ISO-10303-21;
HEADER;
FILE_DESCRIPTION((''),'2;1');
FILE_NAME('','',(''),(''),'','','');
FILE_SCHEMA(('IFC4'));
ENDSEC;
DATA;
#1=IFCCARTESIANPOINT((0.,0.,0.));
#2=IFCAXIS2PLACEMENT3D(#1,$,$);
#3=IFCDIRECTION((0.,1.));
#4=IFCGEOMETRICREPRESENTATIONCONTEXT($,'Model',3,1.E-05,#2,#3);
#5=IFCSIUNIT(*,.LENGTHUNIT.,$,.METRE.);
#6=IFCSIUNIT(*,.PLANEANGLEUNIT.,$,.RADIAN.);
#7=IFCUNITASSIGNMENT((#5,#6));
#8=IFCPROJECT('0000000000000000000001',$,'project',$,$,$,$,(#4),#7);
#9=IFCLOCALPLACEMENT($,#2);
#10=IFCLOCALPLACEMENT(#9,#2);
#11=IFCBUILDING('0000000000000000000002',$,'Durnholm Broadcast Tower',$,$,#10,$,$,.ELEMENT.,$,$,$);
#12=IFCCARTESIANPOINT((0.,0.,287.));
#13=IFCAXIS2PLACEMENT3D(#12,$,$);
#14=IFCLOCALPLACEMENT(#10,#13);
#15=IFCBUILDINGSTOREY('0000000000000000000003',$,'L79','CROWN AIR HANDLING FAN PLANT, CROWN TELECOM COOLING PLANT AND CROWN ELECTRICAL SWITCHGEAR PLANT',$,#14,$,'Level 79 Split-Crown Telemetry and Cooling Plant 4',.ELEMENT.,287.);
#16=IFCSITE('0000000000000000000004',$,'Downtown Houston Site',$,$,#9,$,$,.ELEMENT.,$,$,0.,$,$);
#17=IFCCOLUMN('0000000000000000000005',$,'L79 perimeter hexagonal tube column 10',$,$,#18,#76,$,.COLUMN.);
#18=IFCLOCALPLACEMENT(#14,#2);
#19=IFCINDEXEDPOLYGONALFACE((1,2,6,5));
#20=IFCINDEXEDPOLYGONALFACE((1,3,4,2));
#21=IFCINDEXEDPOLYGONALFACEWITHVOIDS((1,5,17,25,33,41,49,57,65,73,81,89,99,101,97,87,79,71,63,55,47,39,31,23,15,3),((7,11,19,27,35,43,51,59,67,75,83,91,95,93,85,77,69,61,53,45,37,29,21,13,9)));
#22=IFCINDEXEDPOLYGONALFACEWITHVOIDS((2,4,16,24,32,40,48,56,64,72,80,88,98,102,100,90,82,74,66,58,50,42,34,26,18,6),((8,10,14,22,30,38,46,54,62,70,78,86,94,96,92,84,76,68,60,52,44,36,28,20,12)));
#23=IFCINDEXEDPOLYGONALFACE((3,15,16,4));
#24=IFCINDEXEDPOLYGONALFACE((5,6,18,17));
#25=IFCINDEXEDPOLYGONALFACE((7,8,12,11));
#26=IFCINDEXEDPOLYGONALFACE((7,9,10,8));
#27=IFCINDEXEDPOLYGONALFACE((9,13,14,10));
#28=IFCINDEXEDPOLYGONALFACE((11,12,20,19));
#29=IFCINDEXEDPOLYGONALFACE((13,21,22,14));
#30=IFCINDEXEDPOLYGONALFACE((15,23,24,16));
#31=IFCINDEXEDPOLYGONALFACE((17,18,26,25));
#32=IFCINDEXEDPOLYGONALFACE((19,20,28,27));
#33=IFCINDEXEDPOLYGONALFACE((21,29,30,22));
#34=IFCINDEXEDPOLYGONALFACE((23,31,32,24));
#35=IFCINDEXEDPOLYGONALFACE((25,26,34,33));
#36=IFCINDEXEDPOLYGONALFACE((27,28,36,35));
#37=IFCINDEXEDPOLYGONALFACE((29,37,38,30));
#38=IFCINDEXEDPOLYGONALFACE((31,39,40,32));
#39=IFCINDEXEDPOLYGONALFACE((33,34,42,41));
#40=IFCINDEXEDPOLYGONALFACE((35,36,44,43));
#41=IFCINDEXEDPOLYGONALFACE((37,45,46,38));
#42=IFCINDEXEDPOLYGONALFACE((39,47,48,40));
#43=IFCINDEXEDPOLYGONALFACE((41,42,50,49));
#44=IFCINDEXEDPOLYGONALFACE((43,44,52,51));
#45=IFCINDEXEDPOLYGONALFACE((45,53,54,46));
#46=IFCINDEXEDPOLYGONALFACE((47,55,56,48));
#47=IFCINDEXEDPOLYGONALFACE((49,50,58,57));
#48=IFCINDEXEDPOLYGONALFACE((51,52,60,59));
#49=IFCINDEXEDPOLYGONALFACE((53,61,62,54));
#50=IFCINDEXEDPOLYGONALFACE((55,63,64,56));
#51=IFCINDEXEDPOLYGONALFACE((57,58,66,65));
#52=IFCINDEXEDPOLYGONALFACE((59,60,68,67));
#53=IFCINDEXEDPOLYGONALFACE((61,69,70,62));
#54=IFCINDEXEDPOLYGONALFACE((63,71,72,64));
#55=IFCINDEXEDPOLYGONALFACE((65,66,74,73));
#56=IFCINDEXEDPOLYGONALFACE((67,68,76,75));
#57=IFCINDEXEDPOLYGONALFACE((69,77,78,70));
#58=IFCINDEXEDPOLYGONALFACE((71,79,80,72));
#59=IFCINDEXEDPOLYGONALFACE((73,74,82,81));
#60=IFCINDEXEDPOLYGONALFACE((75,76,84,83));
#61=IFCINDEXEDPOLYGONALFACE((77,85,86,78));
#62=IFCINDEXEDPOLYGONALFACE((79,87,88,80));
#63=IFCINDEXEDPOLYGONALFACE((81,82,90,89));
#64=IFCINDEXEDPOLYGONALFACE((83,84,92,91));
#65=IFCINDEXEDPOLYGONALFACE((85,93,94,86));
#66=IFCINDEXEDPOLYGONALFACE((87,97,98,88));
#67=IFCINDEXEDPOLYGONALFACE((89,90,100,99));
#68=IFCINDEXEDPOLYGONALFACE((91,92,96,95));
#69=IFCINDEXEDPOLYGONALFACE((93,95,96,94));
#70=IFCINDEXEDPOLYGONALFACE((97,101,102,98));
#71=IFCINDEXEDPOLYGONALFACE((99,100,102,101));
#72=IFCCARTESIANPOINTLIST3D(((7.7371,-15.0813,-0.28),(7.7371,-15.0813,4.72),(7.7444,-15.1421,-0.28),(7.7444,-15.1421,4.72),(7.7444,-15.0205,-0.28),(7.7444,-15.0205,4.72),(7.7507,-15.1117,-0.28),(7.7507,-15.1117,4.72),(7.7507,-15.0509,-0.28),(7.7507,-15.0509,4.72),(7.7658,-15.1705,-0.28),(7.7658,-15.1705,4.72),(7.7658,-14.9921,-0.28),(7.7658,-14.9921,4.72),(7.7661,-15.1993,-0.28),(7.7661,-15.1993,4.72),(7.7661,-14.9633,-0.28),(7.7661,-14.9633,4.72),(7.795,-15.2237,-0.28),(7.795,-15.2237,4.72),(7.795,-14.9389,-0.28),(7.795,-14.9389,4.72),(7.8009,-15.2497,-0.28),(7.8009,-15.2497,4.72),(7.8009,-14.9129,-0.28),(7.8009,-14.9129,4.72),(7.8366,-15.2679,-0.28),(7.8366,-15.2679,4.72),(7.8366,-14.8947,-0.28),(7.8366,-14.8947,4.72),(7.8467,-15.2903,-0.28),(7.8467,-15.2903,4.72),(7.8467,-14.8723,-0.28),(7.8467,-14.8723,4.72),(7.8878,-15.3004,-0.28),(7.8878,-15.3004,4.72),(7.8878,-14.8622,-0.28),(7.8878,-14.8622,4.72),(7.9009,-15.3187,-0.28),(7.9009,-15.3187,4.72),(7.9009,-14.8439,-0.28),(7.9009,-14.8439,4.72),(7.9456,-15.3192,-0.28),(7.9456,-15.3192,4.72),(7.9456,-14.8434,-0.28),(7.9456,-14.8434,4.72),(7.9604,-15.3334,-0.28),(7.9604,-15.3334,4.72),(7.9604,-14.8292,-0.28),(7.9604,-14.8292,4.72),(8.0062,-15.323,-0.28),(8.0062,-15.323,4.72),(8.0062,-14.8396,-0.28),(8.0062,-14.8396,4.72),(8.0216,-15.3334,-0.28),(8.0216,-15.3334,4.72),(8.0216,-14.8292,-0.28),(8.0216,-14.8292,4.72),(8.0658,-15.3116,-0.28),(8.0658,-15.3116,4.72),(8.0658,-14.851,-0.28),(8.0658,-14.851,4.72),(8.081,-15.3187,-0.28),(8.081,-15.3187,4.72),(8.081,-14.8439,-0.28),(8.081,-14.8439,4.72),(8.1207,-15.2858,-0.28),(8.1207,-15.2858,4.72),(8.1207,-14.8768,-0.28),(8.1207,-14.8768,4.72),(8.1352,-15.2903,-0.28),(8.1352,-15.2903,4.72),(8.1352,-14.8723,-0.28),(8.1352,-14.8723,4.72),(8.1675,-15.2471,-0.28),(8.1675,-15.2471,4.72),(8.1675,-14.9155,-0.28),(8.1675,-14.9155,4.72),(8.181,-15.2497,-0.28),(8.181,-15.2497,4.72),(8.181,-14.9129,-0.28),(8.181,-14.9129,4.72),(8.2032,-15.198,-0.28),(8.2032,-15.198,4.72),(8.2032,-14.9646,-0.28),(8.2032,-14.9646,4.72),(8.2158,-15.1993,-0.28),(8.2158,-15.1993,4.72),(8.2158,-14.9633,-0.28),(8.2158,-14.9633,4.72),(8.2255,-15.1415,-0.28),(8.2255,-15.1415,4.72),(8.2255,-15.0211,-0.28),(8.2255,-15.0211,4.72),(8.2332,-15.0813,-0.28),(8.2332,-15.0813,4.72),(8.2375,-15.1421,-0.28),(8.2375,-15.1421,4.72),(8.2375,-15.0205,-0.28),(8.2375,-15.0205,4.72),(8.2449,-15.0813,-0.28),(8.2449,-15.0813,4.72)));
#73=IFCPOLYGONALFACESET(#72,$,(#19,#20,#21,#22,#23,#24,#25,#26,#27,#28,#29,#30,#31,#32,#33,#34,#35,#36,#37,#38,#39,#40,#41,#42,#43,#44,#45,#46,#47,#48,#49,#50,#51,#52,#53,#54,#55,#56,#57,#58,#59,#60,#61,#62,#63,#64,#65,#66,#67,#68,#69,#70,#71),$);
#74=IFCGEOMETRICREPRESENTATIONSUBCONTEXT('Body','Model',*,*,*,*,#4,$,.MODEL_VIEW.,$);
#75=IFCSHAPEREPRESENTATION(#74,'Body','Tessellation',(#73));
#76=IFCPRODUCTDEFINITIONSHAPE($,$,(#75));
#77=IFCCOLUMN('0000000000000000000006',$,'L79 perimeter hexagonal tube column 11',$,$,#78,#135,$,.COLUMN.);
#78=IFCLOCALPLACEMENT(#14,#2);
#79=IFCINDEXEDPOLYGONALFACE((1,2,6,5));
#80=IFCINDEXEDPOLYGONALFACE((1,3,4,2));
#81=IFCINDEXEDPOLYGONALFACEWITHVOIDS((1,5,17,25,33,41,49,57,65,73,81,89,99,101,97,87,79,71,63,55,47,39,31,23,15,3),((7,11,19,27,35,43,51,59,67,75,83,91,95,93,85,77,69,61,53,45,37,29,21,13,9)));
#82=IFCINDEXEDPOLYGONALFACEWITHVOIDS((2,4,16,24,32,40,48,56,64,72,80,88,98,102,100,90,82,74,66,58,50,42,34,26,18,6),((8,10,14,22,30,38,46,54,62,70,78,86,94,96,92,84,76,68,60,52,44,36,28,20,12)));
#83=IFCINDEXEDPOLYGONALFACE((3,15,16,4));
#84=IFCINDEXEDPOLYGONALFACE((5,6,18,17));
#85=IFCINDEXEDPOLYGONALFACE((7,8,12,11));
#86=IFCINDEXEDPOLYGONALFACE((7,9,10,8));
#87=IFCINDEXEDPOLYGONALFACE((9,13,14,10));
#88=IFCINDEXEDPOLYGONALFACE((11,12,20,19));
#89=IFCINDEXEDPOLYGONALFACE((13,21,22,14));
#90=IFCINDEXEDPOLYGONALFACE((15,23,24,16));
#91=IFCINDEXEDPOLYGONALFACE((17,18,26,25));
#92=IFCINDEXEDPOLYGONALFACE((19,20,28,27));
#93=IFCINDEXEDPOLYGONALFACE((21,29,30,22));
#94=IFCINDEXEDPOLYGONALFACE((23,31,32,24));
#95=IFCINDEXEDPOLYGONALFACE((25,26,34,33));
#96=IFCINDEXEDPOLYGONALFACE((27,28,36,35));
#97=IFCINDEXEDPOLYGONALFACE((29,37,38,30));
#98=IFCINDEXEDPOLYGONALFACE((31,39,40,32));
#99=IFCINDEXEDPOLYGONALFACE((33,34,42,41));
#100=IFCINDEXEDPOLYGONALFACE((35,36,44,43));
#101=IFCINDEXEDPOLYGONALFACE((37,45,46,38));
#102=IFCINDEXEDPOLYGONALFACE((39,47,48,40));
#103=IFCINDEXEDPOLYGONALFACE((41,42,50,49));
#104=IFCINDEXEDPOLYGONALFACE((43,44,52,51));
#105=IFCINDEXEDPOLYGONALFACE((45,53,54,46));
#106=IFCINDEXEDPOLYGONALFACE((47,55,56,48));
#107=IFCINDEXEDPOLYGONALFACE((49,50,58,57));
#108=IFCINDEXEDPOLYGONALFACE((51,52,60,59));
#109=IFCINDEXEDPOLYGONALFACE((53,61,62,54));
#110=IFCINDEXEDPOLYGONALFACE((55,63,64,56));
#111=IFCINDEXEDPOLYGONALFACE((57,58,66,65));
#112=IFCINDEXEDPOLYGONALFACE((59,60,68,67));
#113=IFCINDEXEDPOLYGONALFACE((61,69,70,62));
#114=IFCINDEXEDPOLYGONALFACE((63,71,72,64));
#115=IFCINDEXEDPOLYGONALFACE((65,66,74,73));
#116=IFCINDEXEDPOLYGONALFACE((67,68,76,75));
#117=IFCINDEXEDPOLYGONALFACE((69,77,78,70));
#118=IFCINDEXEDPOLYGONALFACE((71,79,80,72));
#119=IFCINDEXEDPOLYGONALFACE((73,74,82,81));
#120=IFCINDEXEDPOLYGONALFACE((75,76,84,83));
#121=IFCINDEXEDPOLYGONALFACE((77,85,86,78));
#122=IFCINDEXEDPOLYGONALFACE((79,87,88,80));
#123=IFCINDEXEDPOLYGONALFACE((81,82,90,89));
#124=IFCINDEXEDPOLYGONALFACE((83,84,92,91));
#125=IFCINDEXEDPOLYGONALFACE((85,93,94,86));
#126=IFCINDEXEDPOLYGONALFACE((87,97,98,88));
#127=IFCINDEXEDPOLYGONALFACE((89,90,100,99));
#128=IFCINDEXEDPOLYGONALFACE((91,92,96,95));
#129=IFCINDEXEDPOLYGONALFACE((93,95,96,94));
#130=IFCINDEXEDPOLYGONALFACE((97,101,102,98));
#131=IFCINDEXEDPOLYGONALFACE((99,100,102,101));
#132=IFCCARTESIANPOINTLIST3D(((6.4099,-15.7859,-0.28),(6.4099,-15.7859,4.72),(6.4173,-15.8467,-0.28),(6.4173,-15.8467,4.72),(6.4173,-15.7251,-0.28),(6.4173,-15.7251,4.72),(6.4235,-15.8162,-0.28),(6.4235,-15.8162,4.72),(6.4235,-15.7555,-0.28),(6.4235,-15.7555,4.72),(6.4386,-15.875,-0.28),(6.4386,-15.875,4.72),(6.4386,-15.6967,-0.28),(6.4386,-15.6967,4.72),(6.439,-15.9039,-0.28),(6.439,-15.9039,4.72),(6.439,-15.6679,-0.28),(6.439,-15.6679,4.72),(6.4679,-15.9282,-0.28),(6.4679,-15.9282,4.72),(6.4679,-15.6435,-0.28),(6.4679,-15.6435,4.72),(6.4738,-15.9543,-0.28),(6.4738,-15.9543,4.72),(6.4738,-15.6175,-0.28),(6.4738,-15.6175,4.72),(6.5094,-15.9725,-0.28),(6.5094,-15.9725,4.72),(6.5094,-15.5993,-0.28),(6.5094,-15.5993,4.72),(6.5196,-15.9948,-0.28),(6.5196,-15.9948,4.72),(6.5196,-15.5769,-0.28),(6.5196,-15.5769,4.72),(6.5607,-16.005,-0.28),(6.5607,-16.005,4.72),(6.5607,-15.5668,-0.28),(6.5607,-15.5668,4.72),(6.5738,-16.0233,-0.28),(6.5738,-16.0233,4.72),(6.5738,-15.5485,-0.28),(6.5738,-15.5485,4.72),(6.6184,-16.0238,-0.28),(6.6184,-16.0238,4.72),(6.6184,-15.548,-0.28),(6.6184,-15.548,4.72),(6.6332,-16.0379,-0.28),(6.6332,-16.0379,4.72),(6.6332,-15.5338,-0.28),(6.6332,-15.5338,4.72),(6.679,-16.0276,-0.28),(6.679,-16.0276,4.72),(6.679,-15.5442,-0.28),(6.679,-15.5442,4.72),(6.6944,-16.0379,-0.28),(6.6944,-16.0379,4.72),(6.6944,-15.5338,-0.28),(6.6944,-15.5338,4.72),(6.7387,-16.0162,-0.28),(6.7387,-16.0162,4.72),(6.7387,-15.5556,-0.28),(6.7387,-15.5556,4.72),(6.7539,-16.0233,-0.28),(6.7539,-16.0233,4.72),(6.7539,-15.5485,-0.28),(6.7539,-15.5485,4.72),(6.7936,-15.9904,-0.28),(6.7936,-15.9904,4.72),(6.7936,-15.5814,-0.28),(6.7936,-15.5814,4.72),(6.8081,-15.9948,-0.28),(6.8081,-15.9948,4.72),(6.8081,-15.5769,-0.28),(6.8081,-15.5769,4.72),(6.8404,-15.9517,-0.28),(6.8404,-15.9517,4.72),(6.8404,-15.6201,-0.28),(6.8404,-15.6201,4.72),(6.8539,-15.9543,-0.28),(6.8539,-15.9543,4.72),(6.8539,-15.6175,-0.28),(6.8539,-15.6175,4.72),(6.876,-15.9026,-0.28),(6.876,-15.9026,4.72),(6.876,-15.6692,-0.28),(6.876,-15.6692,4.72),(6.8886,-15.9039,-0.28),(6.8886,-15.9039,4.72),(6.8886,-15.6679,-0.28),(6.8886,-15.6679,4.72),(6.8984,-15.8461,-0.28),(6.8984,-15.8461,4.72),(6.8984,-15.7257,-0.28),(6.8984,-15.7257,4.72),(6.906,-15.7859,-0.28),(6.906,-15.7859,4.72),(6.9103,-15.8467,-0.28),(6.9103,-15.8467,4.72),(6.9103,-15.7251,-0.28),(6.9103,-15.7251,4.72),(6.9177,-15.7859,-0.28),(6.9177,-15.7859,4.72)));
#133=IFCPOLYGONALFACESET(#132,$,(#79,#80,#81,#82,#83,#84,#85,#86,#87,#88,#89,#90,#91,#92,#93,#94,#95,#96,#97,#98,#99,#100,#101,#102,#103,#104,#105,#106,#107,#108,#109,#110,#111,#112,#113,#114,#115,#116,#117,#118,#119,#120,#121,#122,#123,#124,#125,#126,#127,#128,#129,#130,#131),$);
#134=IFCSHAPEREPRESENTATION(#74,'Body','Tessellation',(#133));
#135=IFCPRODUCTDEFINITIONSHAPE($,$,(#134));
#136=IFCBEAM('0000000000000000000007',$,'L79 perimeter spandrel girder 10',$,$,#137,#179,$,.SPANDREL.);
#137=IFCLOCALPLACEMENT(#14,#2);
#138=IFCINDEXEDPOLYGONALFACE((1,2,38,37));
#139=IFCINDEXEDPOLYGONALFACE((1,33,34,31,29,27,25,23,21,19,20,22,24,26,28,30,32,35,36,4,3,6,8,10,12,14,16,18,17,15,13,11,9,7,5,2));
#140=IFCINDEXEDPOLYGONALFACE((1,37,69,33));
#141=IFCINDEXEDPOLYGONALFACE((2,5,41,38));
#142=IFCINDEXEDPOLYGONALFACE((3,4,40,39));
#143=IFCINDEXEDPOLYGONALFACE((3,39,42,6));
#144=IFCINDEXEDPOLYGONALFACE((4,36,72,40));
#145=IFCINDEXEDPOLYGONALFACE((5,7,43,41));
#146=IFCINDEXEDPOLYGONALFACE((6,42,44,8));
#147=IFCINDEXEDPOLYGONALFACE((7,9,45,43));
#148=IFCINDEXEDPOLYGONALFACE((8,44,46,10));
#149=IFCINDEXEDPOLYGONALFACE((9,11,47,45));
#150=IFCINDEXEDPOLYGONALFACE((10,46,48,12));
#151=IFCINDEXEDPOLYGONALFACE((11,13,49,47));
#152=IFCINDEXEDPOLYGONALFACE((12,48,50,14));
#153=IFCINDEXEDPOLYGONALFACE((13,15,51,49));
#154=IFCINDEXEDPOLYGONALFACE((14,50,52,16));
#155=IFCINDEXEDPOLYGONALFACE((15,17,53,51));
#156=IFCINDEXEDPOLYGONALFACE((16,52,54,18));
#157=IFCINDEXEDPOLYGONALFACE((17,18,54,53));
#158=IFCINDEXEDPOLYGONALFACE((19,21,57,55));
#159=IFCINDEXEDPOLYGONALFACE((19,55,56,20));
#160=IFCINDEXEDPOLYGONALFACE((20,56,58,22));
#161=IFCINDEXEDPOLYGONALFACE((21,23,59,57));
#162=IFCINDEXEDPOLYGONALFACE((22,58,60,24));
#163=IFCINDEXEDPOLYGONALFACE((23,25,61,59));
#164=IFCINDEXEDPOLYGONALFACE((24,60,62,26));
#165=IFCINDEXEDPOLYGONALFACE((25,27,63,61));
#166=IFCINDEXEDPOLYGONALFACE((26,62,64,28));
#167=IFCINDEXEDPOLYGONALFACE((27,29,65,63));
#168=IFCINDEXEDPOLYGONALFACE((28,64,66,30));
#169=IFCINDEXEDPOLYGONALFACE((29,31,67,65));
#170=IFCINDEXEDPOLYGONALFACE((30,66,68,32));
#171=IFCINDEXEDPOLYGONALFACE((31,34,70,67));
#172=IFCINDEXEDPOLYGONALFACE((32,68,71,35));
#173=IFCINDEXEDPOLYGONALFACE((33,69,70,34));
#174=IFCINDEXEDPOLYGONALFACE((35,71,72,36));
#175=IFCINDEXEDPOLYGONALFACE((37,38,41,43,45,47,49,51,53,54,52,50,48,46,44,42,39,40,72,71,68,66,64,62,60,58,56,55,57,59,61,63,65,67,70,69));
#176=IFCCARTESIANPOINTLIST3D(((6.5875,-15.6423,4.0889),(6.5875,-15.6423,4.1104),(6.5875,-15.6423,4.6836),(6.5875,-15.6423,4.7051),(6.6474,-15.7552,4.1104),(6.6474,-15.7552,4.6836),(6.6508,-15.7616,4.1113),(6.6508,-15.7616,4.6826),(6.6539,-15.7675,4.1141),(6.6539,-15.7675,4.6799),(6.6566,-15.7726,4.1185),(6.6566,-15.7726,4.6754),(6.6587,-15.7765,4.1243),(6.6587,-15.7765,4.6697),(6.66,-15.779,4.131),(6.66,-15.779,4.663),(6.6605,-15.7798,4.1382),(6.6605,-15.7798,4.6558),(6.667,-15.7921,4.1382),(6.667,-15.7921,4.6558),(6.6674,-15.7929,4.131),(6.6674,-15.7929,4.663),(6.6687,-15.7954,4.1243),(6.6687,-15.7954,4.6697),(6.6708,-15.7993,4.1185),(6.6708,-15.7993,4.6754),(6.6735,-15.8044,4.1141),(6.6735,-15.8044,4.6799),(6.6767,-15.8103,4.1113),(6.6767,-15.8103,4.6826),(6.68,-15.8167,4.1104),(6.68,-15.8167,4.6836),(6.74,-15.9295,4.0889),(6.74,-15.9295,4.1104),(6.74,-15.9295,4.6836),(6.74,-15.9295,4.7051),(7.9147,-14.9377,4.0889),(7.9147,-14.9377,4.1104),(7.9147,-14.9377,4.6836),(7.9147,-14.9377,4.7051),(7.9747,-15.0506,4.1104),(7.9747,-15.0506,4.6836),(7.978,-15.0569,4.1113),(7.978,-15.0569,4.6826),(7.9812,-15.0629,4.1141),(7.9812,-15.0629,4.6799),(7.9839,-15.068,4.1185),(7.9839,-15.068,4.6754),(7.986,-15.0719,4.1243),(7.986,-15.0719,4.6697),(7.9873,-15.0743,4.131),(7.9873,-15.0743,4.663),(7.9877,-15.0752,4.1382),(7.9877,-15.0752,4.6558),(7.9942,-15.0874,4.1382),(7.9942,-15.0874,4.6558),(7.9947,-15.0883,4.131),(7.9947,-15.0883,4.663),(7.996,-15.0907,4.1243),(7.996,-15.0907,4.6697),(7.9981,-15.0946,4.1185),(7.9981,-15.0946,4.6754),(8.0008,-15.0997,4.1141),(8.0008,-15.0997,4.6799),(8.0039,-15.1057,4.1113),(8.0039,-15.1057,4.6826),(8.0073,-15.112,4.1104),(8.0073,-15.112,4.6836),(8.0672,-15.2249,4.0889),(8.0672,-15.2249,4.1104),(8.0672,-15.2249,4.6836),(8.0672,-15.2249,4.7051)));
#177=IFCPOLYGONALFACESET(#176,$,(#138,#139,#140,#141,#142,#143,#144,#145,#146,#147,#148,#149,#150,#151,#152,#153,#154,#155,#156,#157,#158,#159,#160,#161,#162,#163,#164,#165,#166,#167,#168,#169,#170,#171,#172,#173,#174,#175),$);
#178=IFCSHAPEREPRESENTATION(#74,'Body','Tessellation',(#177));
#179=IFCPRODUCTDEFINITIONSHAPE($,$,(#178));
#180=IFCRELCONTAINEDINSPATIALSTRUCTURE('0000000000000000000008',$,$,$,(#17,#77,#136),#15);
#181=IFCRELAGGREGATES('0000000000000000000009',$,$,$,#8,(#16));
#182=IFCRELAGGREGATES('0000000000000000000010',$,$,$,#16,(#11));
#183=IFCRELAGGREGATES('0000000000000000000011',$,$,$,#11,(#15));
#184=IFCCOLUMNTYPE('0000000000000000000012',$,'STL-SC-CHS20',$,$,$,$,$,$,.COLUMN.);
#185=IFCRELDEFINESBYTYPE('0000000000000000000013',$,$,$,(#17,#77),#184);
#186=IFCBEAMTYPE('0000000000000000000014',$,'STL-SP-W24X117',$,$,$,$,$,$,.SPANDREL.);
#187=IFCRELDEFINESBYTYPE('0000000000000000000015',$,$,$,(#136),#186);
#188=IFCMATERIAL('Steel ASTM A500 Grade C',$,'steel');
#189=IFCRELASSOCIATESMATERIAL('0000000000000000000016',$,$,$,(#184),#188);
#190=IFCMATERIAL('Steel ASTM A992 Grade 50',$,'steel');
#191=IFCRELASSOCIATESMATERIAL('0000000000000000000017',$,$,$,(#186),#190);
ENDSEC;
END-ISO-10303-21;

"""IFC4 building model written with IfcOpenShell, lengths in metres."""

from ifc_helpers import new_model, si_unit, direction, frame, origin, origin_2d, place, context, subcontext, project, spatial, hollow_circle, i_section, extrude, source, transform, mapped, material, material_profile, profile_set, type_object, type_shapes, element, save


model = new_model("IFC4")

# Units and contexts
model_context = context("Model", 3, precision=1e-05, world=origin(), true_north=direction((0.0, 1.0)))
body_context = subcontext(model_context, "Body", "Model", "MODEL_VIEW")
ifc_project = project(units=[si_unit("LENGTHUNIT", "METRE"), si_unit("PLANEANGLEUNIT", "RADIAN")], contexts=[model_context])

# Site, building, storey
site_placement = place(None, origin())
site = spatial("IfcSite", under=ifc_project, at=site_placement, Name="Downtown Houston Site", CompositionType="ELEMENT", RefElevation=0.0)
building_placement = place(site_placement, origin())
building = spatial("IfcBuilding", under=site, at=building_placement, Name="Durnholm Broadcast Tower", CompositionType="ELEMENT")
storey_placement = place(building_placement, frame((0.0, 0.0, 287.0)))
storey = spatial("IfcBuildingStorey", under=building, at=storey_placement, Name="L79", Description="CROWN AIR HANDLING FAN PLANT, CROWN TELECOM COOLING PLANT AND CROWN ELECTRICAL SWITCHGEAR PLANT", LongName="Level 79 Split-Crown Telemetry and Cooling Plant 4", CompositionType="ELEMENT", Elevation=287.0)

# Columns
ifc_material_1 = material(Name="Steel ASTM A500 Grade C", Category="steel")
ifc_material_profile_1 = material_profile(ifc_material_1, hollow_circle(Radius=0.2539, WallThickness=0.0117, at=origin_2d()), Name="HSS20.000X0.500")
ifc_profile_set_1 = profile_set([ifc_material_profile_1], Name="Steel ASTM A500 Grade C")
column_type = type_object("IfcColumnType", Name="STL-SC-CHS20", PredefinedType="COLUMN", material=ifc_profile_set_1)
shared_shape_1 = source(origin(), body_context, "Body", "SweptSolid", [
    extrude(hollow_circle(Radius=0.2539, WallThickness=0.0117, at=origin_2d()), origin(), (0.0, 0.0, 1.0), 5.0),
])
type_shapes(column_type, [shared_shape_1])
for number, where, z_axis, x_axis, name in (
    (1, (7.991, -15.0813, -0.28), (0.0, 0.0, 1.0), (1.0, 0.0, 0.0), "L79 perimeter hexagonal tube column 10"),
    (2, (6.6638, -15.7859, -0.28), (0.0, 0.0, 1.0), (1.0, 0.0, 0.0), "L79 perimeter hexagonal tube column 11"),
):
    element("IfcColumn", number, at=place(storey_placement, frame(where, z_axis=z_axis, x_axis=x_axis)), inside=storey, type_object=column_type, Name=name, PredefinedType="COLUMN", context=body_context, shape_type="MappedRepresentation", body=[
        mapped(shared_shape_1, transform((0.0, 0.0, 0.0), x_axis=(1.0, 0.0, 0.0), y_axis=(0.0, 1.0, 0.0), z_axis=(0.0, 0.0, 1.0), scale=1.0)),
    ])

# Beam
ifc_material_2 = material(Name="Steel ASTM A992 Grade 50", Category="steel")
ifc_material_profile_2 = material_profile(ifc_material_2, i_section(OverallWidth=0.3252, OverallDepth=0.6162, WebThickness=0.0139, FlangeThickness=0.0215, FilletRadius=0.0278, at=origin_2d()), Name="W24X117")
ifc_profile_set_2 = profile_set([ifc_material_profile_2], Name="Steel ASTM A992 Grade 50")
beam_type = type_object("IfcBeamType", Name="STL-SP-W24X117", PredefinedType="SPANDREL", material=ifc_profile_set_2)
shared_shape_2 = source(origin(), body_context, "Body", "SweptSolid", [
    extrude(i_section(OverallWidth=0.3252, OverallDepth=0.6162, WebThickness=0.0139, FlangeThickness=0.0215, FilletRadius=0.0278, at=origin_2d()), origin(), (0.0, 0.0, 1.0), 1.5027),
])
type_shapes(beam_type, [shared_shape_2])
beam_placement = place(storey_placement, frame((7.991, -15.0813, 4.397), z_axis=(-0.883242, -0.468918, 0.0), x_axis=(0.468918, -0.883242, 0.0)))
element("IfcBeam", 3, at=beam_placement, inside=storey, type_object=beam_type, Name="L79 perimeter spandrel girder 10", PredefinedType="SPANDREL", context=body_context, shape_type="MappedRepresentation", body=[
    mapped(shared_shape_2, transform((0.0, 0.0, 0.0), x_axis=(1.0, 0.0, 0.0), y_axis=(0.0, 1.0, 0.0), z_axis=(0.0, 0.0, 1.0), scale=1.0)),
])

save(model, "model.ifc")
